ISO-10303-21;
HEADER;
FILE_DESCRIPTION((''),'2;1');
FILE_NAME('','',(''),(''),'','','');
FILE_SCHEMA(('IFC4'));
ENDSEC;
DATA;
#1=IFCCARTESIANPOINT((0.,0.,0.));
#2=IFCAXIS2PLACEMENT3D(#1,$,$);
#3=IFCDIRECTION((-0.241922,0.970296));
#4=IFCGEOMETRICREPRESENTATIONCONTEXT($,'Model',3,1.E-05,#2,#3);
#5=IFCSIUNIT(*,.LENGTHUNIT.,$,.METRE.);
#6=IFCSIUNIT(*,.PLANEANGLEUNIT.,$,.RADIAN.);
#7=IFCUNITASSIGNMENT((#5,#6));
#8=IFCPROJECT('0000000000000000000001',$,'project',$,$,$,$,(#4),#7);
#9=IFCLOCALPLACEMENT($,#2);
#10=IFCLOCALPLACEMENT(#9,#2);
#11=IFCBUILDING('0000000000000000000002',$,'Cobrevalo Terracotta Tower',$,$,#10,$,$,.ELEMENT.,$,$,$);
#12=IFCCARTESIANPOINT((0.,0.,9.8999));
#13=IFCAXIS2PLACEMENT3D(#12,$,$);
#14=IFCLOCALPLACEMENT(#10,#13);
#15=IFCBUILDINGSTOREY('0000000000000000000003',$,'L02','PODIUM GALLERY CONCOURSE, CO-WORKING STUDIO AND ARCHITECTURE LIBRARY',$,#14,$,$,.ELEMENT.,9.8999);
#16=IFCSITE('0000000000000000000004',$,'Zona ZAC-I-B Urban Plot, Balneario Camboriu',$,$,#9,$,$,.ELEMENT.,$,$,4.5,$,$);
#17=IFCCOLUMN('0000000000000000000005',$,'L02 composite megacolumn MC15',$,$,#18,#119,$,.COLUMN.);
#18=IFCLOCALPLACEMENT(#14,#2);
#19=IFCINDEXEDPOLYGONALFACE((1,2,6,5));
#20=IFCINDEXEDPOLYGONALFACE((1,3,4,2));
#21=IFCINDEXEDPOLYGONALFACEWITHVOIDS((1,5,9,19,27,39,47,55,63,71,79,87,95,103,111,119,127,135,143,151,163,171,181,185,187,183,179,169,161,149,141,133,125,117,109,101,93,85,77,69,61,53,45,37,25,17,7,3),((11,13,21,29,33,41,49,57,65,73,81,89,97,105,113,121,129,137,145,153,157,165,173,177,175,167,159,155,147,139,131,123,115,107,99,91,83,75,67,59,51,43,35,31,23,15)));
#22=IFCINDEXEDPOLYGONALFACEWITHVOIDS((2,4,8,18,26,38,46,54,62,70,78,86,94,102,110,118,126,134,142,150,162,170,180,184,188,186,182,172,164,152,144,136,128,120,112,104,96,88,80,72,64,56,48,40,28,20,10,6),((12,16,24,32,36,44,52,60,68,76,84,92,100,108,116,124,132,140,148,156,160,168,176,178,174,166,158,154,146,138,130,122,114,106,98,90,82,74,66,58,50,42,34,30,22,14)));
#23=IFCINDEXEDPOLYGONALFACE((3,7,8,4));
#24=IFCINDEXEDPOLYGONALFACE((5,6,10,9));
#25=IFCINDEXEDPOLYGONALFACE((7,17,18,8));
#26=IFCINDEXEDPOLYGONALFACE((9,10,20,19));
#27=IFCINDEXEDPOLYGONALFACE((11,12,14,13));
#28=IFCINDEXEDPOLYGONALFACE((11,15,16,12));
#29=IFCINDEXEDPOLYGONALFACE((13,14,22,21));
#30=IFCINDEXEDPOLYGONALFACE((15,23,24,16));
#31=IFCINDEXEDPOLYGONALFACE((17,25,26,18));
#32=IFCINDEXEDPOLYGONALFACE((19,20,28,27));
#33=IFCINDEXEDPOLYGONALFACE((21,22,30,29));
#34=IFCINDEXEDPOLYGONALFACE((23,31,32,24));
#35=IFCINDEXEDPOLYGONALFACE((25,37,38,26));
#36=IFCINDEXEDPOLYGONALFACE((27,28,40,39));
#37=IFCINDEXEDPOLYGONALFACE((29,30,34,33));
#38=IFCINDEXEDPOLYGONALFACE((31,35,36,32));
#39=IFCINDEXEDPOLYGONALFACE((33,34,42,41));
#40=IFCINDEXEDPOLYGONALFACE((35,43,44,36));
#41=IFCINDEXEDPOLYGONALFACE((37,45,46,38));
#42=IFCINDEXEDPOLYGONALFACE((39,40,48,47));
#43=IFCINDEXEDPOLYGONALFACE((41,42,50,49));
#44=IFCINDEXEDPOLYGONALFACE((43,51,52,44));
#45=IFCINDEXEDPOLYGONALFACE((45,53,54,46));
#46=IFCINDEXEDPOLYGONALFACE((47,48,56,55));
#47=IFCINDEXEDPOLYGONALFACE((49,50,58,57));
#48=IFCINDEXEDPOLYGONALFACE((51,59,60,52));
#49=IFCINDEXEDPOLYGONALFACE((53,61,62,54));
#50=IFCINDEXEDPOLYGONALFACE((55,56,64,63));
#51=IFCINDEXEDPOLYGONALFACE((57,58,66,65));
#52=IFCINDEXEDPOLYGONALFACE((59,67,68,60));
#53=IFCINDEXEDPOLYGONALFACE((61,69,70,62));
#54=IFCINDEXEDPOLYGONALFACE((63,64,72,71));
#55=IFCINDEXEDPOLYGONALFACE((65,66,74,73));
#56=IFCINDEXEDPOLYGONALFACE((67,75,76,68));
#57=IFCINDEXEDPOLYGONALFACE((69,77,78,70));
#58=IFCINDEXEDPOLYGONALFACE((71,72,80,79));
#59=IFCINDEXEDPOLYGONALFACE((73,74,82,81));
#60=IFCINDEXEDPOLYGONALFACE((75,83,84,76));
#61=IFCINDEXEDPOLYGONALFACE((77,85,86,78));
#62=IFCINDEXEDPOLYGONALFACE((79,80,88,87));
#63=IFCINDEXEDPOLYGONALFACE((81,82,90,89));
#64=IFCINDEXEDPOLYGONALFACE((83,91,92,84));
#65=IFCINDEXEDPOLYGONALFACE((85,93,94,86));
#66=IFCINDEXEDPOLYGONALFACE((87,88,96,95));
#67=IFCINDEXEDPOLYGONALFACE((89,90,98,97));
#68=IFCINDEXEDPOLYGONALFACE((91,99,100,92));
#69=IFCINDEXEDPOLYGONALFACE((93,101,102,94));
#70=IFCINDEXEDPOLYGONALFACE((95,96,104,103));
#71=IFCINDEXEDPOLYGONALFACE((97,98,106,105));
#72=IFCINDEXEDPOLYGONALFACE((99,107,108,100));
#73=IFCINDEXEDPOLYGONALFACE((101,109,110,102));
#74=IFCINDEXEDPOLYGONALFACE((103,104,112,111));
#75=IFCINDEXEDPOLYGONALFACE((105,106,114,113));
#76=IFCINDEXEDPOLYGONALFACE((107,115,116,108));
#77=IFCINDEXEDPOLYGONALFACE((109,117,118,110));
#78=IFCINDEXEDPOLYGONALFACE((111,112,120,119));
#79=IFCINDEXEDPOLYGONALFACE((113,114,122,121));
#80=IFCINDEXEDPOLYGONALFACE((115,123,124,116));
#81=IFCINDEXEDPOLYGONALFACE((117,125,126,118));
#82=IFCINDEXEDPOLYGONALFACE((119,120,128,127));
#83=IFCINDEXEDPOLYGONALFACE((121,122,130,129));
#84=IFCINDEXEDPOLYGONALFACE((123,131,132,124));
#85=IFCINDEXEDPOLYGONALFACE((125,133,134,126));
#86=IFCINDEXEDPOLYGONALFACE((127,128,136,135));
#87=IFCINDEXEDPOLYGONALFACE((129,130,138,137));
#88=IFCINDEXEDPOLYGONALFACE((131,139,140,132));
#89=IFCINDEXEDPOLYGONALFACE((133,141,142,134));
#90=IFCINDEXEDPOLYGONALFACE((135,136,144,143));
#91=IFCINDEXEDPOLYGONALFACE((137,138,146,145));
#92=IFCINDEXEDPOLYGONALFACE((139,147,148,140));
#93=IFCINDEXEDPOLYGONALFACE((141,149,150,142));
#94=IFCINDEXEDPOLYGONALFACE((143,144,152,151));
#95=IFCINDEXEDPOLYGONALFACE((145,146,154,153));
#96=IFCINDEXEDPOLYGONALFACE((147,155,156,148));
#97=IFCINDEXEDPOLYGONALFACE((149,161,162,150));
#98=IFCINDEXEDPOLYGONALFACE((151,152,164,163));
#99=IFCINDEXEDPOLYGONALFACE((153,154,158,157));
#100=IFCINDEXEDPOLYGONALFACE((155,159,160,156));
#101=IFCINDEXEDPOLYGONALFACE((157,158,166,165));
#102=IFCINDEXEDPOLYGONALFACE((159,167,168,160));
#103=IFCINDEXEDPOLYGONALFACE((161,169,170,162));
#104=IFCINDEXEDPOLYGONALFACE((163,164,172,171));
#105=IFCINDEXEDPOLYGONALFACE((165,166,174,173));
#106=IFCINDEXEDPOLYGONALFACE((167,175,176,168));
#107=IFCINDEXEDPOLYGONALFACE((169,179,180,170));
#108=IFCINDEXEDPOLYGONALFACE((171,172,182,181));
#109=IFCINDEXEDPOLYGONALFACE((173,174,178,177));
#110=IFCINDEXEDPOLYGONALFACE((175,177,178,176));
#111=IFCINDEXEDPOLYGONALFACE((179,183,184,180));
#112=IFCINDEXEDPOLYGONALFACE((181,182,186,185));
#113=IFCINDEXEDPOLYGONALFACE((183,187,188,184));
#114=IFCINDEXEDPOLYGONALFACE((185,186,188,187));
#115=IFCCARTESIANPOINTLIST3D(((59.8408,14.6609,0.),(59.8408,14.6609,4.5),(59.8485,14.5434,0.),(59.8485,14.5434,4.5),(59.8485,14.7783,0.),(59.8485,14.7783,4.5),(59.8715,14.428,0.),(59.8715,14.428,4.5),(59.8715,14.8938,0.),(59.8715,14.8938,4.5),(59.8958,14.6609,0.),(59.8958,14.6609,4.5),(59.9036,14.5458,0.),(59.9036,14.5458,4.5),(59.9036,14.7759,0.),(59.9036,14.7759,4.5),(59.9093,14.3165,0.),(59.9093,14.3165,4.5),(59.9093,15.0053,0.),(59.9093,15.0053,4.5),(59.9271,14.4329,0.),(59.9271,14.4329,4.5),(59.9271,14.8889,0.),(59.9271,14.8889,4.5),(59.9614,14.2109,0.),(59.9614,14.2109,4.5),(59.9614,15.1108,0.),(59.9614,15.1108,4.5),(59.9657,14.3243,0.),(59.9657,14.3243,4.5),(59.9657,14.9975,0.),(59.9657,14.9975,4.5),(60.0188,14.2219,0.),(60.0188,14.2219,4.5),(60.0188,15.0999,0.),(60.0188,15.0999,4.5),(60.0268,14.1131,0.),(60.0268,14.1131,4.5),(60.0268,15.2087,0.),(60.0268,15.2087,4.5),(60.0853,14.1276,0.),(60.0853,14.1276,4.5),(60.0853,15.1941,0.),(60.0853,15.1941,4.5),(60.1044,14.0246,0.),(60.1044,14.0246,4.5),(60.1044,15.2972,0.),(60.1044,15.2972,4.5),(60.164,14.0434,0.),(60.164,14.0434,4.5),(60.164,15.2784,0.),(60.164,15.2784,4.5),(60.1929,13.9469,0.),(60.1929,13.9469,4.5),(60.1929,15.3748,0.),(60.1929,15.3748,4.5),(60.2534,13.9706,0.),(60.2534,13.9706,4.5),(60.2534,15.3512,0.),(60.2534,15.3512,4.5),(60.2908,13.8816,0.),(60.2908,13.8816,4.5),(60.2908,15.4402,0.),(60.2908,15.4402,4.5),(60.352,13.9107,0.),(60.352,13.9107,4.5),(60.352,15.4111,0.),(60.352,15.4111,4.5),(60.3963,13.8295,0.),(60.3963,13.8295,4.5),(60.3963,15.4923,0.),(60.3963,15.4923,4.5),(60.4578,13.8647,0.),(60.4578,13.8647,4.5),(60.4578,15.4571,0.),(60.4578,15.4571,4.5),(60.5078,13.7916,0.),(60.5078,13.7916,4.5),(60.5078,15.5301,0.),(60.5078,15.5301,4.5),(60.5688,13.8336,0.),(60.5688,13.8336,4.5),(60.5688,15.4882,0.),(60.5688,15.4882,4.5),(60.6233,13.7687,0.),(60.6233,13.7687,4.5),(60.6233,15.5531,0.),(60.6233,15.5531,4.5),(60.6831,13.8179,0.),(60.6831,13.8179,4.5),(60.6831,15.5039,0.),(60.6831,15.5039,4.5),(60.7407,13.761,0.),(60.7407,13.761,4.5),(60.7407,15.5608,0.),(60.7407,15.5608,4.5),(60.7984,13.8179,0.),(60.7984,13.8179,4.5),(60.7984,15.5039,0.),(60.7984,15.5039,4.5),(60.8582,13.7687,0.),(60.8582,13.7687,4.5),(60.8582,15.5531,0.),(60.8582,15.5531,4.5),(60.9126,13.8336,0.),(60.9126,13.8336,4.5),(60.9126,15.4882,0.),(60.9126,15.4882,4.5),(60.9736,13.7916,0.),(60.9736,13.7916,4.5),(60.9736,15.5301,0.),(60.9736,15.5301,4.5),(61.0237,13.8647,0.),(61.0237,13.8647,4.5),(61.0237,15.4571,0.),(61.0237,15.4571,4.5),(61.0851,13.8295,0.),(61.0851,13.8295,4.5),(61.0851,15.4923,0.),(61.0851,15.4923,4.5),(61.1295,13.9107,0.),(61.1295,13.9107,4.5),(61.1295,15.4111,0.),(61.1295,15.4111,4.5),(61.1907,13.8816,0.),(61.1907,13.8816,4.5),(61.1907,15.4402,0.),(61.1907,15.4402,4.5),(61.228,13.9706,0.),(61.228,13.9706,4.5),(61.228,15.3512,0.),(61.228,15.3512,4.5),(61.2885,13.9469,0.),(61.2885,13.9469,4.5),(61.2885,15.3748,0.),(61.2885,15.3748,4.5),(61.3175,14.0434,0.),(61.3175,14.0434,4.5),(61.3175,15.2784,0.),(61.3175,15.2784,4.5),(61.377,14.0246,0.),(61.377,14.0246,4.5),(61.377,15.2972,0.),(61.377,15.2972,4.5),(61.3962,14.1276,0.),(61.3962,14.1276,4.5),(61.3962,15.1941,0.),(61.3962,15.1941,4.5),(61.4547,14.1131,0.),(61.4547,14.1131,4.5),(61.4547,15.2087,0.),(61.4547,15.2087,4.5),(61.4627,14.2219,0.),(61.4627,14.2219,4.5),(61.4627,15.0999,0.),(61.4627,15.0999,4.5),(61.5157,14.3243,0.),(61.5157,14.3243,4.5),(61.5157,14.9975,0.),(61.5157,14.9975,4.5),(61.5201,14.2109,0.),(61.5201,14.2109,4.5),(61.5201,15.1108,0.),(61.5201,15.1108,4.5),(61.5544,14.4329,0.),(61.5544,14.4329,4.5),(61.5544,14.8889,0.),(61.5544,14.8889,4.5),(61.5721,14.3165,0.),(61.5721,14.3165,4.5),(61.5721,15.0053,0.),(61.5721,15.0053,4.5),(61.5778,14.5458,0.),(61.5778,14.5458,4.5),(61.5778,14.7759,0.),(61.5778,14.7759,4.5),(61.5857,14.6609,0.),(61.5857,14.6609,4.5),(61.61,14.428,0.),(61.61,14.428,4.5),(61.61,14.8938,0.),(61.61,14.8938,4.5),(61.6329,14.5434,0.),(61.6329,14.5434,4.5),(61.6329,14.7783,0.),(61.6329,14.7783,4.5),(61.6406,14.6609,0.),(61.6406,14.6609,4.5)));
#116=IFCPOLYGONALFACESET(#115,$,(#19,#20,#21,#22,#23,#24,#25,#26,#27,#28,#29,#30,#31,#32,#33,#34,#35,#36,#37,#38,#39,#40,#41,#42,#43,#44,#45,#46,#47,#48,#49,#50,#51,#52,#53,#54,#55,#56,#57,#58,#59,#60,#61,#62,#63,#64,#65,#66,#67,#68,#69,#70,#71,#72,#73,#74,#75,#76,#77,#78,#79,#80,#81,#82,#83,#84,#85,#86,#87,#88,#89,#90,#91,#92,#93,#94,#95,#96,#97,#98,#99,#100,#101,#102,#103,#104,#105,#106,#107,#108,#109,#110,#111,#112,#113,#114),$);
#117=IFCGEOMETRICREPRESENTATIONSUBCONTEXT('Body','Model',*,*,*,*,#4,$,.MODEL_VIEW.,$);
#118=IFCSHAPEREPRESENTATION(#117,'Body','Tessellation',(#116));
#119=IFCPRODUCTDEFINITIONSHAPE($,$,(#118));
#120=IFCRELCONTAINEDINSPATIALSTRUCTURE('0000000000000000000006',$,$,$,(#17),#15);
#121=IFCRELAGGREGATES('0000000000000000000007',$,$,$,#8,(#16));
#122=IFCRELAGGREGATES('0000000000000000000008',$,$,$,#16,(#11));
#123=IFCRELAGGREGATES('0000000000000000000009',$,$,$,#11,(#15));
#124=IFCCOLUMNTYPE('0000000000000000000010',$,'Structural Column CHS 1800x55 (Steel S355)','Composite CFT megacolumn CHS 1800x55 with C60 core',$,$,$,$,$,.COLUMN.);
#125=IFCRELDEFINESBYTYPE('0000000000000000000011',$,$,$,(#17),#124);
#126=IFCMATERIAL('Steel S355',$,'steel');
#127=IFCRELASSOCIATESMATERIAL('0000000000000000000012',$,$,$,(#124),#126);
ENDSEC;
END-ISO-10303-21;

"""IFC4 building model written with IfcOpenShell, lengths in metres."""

from ifc_helpers import new_model, si_unit, direction, frame, origin, origin_2d, place, context, subcontext, project, spatial, hollow_circle, extrude, material, material_profile, profile_set, type_object, element, save


model = new_model("IFC4")

# Units and contexts
model_context = context("Model", 3, precision=1e-05, world=origin(), true_north=direction((-0.241922, 0.970296)))
body_context = subcontext(model_context, "Body", "Model", "MODEL_VIEW")
ifc_project = project(units=[si_unit("LENGTHUNIT", "METRE"), si_unit("PLANEANGLEUNIT", "RADIAN")], contexts=[model_context])

# Site, building, storey
site_placement = place(None, origin())
site = spatial("IfcSite", under=ifc_project, at=site_placement, Name="Zona ZAC-I-B Urban Plot, Balneario Camboriu", CompositionType="ELEMENT", RefElevation=4.5)
building_placement = place(site_placement, origin())
building = spatial("IfcBuilding", under=site, at=building_placement, Name="Cobrevalo Terracotta Tower", CompositionType="ELEMENT")
storey_placement = place(building_placement, frame((0.0, 0.0, 9.8999)))
storey = spatial("IfcBuildingStorey", under=building, at=storey_placement, Name="L02", Description="PODIUM GALLERY CONCOURSE, CO-WORKING STUDIO AND ARCHITECTURE LIBRARY", CompositionType="ELEMENT", Elevation=9.8999)

# Column
ifc_material_1 = material(Name="Steel S355", Category="steel")
ifc_material_profile_1 = material_profile(ifc_material_1, hollow_circle(Radius=0.8999, WallThickness=0.0549, at=origin_2d()), Name="CHS 1800x55")
ifc_profile_set_1 = profile_set([ifc_material_profile_1], Name="Steel S355")
column_type_1 = type_object("IfcColumnType", Name="Structural Column CHS 1800x55 (Steel S355)", Description="Composite CFT megacolumn CHS 1800x55 with C60 core", PredefinedType="COLUMN", material=ifc_profile_set_1)
for number, where, z_axis, x_axis, name in (
    (1, (60.7407, 14.6609, 0.0), (0.0, 0.0, 1.0), (1.0, 0.0, 0.0), "L02 composite megacolumn MC15"),
):
    element("IfcColumn", number, at=place(storey_placement, frame(where, z_axis=z_axis, x_axis=x_axis)), inside=storey, type_object=column_type_1, Name=name, PredefinedType="COLUMN", context=body_context, shape_type="SweptSolid", body=[
        extrude(hollow_circle(Radius=0.8999, WallThickness=0.0549, at=origin_2d()), origin(), (0.0, 0.0, 1.0), 4.5),
    ])

save(model, "model.ifc")
